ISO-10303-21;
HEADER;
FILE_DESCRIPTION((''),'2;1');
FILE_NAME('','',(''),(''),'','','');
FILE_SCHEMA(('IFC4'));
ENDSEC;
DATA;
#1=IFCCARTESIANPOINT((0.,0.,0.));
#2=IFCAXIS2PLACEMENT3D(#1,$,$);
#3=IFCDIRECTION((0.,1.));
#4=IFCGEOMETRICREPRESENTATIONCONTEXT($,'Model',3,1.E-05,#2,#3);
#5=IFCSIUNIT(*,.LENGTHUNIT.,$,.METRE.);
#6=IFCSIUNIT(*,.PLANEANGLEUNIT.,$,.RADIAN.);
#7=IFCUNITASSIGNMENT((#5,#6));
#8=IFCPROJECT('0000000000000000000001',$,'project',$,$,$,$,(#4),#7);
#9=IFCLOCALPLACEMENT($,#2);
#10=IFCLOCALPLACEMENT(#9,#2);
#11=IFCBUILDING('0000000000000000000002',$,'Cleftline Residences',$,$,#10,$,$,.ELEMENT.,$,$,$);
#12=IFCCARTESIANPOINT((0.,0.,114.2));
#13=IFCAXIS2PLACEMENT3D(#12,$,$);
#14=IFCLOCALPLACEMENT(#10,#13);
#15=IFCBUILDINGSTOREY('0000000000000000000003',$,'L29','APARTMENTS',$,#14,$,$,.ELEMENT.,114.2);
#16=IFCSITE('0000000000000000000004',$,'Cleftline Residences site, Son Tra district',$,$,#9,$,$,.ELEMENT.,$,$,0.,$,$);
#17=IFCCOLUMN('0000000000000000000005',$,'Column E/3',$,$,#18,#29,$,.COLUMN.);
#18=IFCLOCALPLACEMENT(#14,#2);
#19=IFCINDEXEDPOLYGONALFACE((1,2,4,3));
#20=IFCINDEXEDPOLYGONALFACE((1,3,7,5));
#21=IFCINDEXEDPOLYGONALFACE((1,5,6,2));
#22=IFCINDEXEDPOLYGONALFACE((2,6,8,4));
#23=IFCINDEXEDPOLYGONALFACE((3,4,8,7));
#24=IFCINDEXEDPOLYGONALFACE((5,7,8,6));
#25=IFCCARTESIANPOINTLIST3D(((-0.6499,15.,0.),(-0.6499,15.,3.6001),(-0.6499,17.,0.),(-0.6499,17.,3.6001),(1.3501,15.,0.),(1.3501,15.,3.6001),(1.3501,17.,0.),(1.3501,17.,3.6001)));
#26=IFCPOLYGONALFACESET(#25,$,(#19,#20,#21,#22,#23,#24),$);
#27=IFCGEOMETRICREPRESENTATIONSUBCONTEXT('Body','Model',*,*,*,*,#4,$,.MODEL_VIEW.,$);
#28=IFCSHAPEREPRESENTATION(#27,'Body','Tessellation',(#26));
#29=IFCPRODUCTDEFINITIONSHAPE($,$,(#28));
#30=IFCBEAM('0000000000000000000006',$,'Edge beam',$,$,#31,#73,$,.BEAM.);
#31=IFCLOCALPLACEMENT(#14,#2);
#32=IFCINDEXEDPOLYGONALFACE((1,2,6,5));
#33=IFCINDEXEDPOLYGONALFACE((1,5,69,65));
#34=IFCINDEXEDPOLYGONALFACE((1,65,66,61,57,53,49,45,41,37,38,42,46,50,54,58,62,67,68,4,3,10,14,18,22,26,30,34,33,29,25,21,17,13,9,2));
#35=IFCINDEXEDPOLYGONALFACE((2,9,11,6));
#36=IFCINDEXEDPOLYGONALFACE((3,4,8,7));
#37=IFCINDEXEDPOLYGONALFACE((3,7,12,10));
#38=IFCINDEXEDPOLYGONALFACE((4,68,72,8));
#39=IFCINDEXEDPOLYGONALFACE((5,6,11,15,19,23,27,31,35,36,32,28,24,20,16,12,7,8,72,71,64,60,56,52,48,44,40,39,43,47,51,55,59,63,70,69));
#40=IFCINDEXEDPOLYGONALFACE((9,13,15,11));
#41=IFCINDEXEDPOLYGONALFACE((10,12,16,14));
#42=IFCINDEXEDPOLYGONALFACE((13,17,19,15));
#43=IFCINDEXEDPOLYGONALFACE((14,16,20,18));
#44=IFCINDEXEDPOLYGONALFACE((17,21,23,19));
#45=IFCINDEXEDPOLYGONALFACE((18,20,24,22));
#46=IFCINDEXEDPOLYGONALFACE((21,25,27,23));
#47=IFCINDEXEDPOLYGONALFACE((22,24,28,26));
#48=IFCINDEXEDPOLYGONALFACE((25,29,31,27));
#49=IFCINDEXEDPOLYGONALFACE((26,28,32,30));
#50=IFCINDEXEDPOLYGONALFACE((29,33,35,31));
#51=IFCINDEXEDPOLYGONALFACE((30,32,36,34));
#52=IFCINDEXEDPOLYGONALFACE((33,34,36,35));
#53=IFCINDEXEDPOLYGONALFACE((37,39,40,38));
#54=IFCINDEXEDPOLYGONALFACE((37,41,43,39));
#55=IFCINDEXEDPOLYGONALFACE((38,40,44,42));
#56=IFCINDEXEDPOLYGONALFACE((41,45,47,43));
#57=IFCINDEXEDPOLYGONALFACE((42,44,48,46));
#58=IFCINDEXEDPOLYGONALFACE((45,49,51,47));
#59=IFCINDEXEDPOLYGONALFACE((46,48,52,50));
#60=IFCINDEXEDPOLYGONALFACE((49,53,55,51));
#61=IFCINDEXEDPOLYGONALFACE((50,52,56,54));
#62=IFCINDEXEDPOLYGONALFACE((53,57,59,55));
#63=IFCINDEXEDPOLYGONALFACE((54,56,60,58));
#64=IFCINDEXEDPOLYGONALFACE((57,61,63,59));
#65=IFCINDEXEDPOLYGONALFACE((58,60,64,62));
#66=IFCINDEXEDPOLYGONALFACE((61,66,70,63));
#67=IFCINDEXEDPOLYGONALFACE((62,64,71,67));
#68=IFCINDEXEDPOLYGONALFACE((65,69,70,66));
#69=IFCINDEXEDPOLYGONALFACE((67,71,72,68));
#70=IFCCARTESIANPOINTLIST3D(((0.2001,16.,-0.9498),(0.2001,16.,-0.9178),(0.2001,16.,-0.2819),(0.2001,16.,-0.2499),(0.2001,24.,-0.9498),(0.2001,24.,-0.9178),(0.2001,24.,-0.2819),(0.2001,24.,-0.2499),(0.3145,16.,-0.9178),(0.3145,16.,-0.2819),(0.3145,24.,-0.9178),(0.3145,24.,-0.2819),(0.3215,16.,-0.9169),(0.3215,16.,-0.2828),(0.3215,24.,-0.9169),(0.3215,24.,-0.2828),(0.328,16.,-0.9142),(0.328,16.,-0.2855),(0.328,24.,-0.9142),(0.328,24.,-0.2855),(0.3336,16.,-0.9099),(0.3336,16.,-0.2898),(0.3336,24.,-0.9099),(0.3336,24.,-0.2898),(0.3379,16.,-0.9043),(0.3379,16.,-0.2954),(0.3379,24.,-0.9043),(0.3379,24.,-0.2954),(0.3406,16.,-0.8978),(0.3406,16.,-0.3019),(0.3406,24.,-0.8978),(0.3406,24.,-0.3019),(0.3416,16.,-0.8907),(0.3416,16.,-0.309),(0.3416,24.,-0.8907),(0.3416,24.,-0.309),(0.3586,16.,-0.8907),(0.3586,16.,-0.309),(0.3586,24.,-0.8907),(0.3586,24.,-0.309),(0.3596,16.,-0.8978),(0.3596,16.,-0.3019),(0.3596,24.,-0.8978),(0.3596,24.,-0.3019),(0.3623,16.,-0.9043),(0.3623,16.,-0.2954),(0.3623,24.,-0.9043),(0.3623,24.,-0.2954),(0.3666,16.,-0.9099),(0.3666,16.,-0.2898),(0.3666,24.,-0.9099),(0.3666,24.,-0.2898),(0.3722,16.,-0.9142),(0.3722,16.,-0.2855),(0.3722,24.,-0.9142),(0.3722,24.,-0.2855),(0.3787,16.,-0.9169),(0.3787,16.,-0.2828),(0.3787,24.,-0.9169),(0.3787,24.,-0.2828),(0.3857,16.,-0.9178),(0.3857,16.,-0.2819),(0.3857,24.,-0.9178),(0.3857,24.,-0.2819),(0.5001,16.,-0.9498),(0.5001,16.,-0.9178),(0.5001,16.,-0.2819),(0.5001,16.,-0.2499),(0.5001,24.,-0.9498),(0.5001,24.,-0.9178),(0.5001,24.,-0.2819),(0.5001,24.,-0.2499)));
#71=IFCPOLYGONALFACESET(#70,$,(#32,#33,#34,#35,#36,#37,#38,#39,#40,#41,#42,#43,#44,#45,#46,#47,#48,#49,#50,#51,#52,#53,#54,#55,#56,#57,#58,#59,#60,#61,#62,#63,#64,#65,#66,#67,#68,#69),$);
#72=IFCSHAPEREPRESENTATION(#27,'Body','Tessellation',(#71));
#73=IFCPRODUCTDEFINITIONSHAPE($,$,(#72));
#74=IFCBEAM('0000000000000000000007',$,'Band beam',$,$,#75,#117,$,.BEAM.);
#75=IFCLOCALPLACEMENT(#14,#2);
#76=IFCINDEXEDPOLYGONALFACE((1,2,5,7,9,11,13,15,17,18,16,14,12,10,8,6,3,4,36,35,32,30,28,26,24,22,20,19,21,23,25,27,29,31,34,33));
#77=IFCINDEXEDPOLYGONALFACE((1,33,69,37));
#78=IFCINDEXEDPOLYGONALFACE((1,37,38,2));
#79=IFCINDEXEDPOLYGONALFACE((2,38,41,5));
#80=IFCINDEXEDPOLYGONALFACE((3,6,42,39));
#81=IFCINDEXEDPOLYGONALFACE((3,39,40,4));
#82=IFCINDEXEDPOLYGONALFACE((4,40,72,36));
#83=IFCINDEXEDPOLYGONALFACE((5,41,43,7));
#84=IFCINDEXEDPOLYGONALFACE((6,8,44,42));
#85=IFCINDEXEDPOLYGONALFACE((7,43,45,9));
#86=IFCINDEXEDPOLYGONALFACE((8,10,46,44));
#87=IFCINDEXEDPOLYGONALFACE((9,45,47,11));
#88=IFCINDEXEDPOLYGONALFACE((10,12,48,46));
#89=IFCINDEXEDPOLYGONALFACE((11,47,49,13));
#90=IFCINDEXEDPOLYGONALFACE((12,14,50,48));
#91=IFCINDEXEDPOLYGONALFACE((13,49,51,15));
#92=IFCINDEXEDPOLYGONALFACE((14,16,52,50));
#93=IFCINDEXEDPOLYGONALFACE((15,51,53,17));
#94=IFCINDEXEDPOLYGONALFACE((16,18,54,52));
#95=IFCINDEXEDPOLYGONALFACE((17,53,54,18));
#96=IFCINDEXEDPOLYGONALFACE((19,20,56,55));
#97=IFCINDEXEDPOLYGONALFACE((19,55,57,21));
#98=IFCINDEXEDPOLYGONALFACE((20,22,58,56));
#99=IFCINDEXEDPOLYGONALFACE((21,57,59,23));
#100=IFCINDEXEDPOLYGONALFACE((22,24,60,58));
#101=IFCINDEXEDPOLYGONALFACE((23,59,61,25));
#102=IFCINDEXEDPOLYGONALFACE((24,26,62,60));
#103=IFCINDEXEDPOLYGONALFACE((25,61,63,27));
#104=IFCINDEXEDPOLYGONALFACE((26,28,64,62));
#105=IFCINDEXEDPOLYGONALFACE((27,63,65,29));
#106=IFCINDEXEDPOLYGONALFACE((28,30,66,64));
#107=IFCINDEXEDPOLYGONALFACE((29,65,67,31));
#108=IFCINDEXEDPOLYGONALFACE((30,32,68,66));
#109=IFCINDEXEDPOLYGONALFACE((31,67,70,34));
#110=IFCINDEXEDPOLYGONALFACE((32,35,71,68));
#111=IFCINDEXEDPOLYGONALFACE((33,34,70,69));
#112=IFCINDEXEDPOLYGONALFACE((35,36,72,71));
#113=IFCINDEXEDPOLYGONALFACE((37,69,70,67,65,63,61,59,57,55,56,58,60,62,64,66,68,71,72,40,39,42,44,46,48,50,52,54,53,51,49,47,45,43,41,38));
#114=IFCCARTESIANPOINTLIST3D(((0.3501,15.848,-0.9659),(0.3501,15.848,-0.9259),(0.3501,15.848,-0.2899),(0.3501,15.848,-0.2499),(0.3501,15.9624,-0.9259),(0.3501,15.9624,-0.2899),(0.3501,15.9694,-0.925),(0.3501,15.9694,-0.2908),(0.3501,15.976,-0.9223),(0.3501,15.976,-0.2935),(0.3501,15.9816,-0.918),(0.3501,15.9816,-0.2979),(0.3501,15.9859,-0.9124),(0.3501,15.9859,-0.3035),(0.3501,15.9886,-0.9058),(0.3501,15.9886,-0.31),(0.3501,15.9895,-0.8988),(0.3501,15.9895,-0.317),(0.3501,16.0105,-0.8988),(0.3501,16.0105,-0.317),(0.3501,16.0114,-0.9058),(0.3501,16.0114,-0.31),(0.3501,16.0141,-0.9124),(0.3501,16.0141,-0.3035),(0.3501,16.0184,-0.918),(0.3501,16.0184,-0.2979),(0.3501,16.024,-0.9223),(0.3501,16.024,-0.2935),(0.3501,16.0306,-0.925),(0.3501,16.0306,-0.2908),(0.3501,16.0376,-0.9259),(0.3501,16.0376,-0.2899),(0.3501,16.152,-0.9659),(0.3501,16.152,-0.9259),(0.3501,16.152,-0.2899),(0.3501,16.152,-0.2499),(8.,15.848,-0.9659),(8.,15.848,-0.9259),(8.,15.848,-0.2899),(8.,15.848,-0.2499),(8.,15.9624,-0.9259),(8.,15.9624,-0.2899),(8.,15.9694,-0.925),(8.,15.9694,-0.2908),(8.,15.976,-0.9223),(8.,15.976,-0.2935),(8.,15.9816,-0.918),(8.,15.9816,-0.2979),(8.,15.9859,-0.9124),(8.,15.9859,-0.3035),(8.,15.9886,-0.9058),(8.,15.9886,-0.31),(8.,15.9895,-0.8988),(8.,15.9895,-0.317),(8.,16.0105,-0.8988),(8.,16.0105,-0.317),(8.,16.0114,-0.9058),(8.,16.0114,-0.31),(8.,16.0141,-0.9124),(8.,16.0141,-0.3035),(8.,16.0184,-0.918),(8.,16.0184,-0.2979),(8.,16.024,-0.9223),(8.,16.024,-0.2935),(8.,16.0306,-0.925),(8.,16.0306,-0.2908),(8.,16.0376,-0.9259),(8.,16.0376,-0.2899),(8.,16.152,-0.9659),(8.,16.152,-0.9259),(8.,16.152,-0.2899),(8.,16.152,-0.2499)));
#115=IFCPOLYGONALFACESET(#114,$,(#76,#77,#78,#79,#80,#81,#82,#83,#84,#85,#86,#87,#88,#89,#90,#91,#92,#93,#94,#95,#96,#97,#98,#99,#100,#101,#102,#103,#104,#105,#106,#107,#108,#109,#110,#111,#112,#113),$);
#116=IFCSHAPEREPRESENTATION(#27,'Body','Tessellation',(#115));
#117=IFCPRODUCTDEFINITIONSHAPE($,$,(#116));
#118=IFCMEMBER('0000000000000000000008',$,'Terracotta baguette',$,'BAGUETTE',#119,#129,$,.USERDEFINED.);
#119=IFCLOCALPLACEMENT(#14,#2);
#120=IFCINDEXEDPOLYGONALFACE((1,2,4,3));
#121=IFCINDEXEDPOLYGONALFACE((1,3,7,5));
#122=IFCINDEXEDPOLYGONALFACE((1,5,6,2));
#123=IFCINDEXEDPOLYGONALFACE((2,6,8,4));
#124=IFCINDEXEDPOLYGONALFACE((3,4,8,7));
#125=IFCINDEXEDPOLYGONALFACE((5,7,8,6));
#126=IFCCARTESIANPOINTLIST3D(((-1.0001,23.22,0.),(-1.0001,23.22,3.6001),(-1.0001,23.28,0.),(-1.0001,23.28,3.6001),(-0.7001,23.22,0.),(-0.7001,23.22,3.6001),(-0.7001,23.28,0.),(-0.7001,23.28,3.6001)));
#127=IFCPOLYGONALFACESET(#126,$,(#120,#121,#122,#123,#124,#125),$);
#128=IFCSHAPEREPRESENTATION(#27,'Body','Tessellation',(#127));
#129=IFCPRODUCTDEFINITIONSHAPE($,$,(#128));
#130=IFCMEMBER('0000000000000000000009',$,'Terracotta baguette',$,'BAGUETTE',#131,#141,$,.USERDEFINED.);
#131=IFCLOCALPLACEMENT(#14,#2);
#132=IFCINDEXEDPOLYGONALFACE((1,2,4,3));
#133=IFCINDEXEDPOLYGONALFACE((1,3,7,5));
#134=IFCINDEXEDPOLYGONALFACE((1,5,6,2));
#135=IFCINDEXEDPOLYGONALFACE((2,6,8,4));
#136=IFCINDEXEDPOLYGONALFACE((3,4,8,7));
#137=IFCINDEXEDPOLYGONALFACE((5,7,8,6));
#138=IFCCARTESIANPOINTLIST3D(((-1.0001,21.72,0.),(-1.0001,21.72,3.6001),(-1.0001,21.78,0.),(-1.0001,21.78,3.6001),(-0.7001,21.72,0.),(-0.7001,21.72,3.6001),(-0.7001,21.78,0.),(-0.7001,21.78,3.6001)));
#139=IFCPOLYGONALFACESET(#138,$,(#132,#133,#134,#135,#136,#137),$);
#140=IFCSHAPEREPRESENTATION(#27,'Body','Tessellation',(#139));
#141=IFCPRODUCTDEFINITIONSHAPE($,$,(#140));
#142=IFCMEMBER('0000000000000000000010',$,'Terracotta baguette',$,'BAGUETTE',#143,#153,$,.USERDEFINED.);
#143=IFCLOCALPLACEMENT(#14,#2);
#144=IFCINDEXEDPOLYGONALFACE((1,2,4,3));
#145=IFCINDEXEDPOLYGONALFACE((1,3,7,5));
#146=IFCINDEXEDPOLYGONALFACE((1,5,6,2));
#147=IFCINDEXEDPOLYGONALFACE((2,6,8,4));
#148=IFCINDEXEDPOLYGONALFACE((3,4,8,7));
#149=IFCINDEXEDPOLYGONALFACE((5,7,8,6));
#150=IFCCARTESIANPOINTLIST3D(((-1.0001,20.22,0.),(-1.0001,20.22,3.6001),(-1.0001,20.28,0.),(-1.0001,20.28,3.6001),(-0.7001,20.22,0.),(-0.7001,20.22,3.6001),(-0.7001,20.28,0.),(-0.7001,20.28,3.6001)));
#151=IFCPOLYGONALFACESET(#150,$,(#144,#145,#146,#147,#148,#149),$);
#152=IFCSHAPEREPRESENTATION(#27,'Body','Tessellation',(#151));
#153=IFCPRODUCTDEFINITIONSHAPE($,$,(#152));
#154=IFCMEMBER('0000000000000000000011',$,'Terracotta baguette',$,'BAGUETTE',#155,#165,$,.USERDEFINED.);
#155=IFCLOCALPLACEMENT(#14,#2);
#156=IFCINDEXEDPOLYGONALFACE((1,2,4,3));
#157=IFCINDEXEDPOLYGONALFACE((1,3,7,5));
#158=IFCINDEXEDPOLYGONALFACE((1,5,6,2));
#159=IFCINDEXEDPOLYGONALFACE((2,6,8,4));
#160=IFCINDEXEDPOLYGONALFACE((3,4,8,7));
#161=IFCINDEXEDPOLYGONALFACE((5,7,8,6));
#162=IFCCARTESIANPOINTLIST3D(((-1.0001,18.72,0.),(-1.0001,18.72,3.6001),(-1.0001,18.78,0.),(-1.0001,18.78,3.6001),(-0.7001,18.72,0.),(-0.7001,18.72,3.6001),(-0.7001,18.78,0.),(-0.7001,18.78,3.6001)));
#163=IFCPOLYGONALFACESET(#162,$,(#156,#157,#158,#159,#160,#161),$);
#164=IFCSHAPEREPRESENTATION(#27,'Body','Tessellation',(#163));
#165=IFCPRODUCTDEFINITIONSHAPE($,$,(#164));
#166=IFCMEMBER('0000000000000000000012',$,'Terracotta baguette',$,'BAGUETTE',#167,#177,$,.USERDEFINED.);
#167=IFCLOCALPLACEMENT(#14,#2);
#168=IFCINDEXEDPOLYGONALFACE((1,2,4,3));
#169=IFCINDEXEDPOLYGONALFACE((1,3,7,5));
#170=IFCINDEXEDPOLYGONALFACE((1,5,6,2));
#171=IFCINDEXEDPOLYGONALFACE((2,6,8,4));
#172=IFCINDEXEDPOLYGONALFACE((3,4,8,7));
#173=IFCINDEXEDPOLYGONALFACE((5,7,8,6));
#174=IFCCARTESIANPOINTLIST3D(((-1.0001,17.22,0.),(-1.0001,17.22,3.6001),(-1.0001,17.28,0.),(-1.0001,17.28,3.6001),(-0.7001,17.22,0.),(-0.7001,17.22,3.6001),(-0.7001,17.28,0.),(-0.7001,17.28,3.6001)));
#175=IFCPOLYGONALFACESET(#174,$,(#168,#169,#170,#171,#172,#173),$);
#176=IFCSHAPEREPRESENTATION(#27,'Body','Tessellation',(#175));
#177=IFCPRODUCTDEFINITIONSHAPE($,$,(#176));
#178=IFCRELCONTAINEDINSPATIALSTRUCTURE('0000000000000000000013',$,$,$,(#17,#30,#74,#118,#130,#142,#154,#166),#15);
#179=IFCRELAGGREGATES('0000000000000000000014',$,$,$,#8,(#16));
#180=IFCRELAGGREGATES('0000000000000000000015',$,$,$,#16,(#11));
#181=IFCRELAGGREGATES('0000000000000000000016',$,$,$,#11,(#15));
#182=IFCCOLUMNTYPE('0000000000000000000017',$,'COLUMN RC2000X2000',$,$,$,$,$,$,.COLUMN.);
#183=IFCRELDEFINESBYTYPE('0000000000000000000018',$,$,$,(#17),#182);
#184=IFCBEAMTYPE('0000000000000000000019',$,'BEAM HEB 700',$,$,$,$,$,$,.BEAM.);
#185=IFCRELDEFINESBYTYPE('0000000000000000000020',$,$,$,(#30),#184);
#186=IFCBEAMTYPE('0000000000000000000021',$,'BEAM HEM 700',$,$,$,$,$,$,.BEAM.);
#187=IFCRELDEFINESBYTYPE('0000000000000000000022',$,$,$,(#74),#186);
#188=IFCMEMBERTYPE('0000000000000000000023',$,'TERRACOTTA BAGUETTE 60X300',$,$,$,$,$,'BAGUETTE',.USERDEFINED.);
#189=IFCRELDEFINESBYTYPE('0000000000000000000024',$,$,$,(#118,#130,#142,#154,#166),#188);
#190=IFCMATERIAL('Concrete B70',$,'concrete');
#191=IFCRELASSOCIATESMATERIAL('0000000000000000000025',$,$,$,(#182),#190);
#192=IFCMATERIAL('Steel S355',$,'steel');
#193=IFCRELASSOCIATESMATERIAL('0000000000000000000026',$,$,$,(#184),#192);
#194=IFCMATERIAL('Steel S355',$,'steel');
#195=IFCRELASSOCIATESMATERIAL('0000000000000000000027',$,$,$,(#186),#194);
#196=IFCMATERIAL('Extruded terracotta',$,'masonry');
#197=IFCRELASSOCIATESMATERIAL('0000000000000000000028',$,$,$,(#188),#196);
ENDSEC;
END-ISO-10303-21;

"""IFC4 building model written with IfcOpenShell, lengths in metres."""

from ifc_helpers import new_model, si_unit, direction, frame, origin, origin_2d, place, context, subcontext, project, spatial, rectangle, i_section, extrude, material, material_profile, profile_set, type_object, element, save


model = new_model("IFC4")

# Units and contexts
model_context = context("Model", 3, precision=1e-05, world=origin(), true_north=direction((0.0, 1.0)))
body_context = subcontext(model_context, "Body", "Model", "MODEL_VIEW")
ifc_project = project(units=[si_unit("LENGTHUNIT", "METRE"), si_unit("PLANEANGLEUNIT", "RADIAN")], contexts=[model_context])

# Site, building, storey
site_placement = place(None, origin())
site = spatial("IfcSite", under=ifc_project, at=site_placement, Name="Cleftline Residences site, Son Tra district", CompositionType="ELEMENT", RefElevation=0.0)
building_placement = place(site_placement, origin())
building = spatial("IfcBuilding", under=site, at=building_placement, Name="Cleftline Residences", CompositionType="ELEMENT")
storey_placement = place(building_placement, frame((0.0, 0.0, 114.2)))
storey = spatial("IfcBuildingStorey", under=building, at=storey_placement, Name="L29", Description="APARTMENTS", CompositionType="ELEMENT", Elevation=114.2)

# Column
ifc_material_1 = material(Name="Concrete B70", Category="concrete")
ifc_material_profile_1 = material_profile(ifc_material_1, rectangle(XDim=2.0, YDim=2.0, at=origin_2d()))
ifc_profile_set_1 = profile_set([ifc_material_profile_1], Name="Concrete B70")
column_type = type_object("IfcColumnType", Name="COLUMN RC2000X2000", PredefinedType="COLUMN", material=ifc_profile_set_1)
column_placement = place(storey_placement, frame((0.3501, 16.0, 0.0), z_axis=(0.0, 0.0, 1.0), x_axis=(1.0, 0.0, 0.0)))
element("IfcColumn", 1, at=column_placement, inside=storey, type_object=column_type, Name="Column E/3", PredefinedType="COLUMN", context=body_context, shape_type="SweptSolid", body=[
    extrude(rectangle(XDim=2.0, YDim=2.0, at=origin_2d()), origin(), (0.0, 0.0, 1.0), 3.6001),
])

# Beams
ifc_material_2 = material(Name="Steel S355", Category="steel")
ifc_material_profile_2 = material_profile(ifc_material_2, i_section(OverallWidth=0.3, OverallDepth=0.7, WebThickness=0.0171, FlangeThickness=0.032, FilletRadius=0.0271, at=origin_2d()))
ifc_profile_set_2 = profile_set([ifc_material_profile_2], Name="Steel S355")
beam_type_1 = type_object("IfcBeamType", Name="BEAM HEB 700", PredefinedType="BEAM", material=ifc_profile_set_2)
beam_1_placement = place(storey_placement, frame((0.3501, 16.0, -0.5999), z_axis=(0.0, 1.0, 0.0), x_axis=(-1.0, 0.0, 0.0)))
element("IfcBeam", 2, at=beam_1_placement, inside=storey, type_object=beam_type_1, Name="Edge beam", PredefinedType="BEAM", context=body_context, shape_type="SweptSolid", body=[
    extrude(i_section(OverallWidth=0.3, OverallDepth=0.7, WebThickness=0.0171, FlangeThickness=0.032, FilletRadius=0.0271, at=origin_2d()), origin(), (0.0, 0.0, 1.0), 8.0),
])
ifc_material_3 = material(Name="Steel S355", Category="steel")
ifc_material_profile_3 = material_profile(ifc_material_3, i_section(OverallWidth=0.304, OverallDepth=0.7161, WebThickness=0.021, FlangeThickness=0.04, FilletRadius=0.0271, at=origin_2d()))
ifc_profile_set_3 = profile_set([ifc_material_profile_3], Name="Steel S355")
beam_type_2 = type_object("IfcBeamType", Name="BEAM HEM 700", PredefinedType="BEAM", material=ifc_profile_set_3)
beam_2_placement = place(storey_placement, frame((0.3501, 16.0, -0.6079), z_axis=(1.0, 0.0, 0.0), x_axis=(0.0, 1.0, 0.0)))
element("IfcBeam", 3, at=beam_2_placement, inside=storey, type_object=beam_type_2, Name="Band beam", PredefinedType="BEAM", context=body_context, shape_type="SweptSolid", body=[
    extrude(i_section(OverallWidth=0.304, OverallDepth=0.7161, WebThickness=0.021, FlangeThickness=0.04, FilletRadius=0.0271, at=origin_2d()), origin(), (0.0, 0.0, 1.0), 7.6499),
])

# Members
ifc_material_4 = material(Name="Extruded terracotta", Category="masonry")
ifc_material_profile_4 = material_profile(ifc_material_4, rectangle(XDim=0.0601, YDim=0.3, at=origin_2d()))
ifc_profile_set_4 = profile_set([ifc_material_profile_4], Name="Extruded terracotta")
member_type = type_object("IfcMemberType", Name="TERRACOTTA BAGUETTE 60X300", ElementType="BAGUETTE", PredefinedType="USERDEFINED", material=ifc_profile_set_4)
for number, where, z_axis, x_axis, name in (
    (4, (-0.8501, 23.25, 0.0), (0.0, 0.0, 1.0), (0.0, 1.0, 0.0), "Terracotta baguette"),
    (5, (-0.8501, 21.75, 0.0), (0.0, 0.0, 1.0), (0.0, 1.0, 0.0), "Terracotta baguette"),
    (6, (-0.8501, 20.25, 0.0), (0.0, 0.0, 1.0), (0.0, 1.0, 0.0), "Terracotta baguette"),
    (7, (-0.8501, 18.75, 0.0), (0.0, 0.0, 1.0), (0.0, 1.0, 0.0), "Terracotta baguette"),
    (8, (-0.8501, 17.25, 0.0), (0.0, 0.0, 1.0), (0.0, 1.0, 0.0), "Terracotta baguette"),
):
    element("IfcMember", number, at=place(storey_placement, frame(where, z_axis=z_axis, x_axis=x_axis)), inside=storey, type_object=member_type, Name=name, ObjectType="BAGUETTE", PredefinedType="USERDEFINED", context=body_context, shape_type="SweptSolid", body=[
        extrude(rectangle(XDim=0.0601, YDim=0.3, at=origin_2d()), origin(), (0.0, 0.0, 1.0), 3.6001),
    ])

save(model, "model.ifc")
